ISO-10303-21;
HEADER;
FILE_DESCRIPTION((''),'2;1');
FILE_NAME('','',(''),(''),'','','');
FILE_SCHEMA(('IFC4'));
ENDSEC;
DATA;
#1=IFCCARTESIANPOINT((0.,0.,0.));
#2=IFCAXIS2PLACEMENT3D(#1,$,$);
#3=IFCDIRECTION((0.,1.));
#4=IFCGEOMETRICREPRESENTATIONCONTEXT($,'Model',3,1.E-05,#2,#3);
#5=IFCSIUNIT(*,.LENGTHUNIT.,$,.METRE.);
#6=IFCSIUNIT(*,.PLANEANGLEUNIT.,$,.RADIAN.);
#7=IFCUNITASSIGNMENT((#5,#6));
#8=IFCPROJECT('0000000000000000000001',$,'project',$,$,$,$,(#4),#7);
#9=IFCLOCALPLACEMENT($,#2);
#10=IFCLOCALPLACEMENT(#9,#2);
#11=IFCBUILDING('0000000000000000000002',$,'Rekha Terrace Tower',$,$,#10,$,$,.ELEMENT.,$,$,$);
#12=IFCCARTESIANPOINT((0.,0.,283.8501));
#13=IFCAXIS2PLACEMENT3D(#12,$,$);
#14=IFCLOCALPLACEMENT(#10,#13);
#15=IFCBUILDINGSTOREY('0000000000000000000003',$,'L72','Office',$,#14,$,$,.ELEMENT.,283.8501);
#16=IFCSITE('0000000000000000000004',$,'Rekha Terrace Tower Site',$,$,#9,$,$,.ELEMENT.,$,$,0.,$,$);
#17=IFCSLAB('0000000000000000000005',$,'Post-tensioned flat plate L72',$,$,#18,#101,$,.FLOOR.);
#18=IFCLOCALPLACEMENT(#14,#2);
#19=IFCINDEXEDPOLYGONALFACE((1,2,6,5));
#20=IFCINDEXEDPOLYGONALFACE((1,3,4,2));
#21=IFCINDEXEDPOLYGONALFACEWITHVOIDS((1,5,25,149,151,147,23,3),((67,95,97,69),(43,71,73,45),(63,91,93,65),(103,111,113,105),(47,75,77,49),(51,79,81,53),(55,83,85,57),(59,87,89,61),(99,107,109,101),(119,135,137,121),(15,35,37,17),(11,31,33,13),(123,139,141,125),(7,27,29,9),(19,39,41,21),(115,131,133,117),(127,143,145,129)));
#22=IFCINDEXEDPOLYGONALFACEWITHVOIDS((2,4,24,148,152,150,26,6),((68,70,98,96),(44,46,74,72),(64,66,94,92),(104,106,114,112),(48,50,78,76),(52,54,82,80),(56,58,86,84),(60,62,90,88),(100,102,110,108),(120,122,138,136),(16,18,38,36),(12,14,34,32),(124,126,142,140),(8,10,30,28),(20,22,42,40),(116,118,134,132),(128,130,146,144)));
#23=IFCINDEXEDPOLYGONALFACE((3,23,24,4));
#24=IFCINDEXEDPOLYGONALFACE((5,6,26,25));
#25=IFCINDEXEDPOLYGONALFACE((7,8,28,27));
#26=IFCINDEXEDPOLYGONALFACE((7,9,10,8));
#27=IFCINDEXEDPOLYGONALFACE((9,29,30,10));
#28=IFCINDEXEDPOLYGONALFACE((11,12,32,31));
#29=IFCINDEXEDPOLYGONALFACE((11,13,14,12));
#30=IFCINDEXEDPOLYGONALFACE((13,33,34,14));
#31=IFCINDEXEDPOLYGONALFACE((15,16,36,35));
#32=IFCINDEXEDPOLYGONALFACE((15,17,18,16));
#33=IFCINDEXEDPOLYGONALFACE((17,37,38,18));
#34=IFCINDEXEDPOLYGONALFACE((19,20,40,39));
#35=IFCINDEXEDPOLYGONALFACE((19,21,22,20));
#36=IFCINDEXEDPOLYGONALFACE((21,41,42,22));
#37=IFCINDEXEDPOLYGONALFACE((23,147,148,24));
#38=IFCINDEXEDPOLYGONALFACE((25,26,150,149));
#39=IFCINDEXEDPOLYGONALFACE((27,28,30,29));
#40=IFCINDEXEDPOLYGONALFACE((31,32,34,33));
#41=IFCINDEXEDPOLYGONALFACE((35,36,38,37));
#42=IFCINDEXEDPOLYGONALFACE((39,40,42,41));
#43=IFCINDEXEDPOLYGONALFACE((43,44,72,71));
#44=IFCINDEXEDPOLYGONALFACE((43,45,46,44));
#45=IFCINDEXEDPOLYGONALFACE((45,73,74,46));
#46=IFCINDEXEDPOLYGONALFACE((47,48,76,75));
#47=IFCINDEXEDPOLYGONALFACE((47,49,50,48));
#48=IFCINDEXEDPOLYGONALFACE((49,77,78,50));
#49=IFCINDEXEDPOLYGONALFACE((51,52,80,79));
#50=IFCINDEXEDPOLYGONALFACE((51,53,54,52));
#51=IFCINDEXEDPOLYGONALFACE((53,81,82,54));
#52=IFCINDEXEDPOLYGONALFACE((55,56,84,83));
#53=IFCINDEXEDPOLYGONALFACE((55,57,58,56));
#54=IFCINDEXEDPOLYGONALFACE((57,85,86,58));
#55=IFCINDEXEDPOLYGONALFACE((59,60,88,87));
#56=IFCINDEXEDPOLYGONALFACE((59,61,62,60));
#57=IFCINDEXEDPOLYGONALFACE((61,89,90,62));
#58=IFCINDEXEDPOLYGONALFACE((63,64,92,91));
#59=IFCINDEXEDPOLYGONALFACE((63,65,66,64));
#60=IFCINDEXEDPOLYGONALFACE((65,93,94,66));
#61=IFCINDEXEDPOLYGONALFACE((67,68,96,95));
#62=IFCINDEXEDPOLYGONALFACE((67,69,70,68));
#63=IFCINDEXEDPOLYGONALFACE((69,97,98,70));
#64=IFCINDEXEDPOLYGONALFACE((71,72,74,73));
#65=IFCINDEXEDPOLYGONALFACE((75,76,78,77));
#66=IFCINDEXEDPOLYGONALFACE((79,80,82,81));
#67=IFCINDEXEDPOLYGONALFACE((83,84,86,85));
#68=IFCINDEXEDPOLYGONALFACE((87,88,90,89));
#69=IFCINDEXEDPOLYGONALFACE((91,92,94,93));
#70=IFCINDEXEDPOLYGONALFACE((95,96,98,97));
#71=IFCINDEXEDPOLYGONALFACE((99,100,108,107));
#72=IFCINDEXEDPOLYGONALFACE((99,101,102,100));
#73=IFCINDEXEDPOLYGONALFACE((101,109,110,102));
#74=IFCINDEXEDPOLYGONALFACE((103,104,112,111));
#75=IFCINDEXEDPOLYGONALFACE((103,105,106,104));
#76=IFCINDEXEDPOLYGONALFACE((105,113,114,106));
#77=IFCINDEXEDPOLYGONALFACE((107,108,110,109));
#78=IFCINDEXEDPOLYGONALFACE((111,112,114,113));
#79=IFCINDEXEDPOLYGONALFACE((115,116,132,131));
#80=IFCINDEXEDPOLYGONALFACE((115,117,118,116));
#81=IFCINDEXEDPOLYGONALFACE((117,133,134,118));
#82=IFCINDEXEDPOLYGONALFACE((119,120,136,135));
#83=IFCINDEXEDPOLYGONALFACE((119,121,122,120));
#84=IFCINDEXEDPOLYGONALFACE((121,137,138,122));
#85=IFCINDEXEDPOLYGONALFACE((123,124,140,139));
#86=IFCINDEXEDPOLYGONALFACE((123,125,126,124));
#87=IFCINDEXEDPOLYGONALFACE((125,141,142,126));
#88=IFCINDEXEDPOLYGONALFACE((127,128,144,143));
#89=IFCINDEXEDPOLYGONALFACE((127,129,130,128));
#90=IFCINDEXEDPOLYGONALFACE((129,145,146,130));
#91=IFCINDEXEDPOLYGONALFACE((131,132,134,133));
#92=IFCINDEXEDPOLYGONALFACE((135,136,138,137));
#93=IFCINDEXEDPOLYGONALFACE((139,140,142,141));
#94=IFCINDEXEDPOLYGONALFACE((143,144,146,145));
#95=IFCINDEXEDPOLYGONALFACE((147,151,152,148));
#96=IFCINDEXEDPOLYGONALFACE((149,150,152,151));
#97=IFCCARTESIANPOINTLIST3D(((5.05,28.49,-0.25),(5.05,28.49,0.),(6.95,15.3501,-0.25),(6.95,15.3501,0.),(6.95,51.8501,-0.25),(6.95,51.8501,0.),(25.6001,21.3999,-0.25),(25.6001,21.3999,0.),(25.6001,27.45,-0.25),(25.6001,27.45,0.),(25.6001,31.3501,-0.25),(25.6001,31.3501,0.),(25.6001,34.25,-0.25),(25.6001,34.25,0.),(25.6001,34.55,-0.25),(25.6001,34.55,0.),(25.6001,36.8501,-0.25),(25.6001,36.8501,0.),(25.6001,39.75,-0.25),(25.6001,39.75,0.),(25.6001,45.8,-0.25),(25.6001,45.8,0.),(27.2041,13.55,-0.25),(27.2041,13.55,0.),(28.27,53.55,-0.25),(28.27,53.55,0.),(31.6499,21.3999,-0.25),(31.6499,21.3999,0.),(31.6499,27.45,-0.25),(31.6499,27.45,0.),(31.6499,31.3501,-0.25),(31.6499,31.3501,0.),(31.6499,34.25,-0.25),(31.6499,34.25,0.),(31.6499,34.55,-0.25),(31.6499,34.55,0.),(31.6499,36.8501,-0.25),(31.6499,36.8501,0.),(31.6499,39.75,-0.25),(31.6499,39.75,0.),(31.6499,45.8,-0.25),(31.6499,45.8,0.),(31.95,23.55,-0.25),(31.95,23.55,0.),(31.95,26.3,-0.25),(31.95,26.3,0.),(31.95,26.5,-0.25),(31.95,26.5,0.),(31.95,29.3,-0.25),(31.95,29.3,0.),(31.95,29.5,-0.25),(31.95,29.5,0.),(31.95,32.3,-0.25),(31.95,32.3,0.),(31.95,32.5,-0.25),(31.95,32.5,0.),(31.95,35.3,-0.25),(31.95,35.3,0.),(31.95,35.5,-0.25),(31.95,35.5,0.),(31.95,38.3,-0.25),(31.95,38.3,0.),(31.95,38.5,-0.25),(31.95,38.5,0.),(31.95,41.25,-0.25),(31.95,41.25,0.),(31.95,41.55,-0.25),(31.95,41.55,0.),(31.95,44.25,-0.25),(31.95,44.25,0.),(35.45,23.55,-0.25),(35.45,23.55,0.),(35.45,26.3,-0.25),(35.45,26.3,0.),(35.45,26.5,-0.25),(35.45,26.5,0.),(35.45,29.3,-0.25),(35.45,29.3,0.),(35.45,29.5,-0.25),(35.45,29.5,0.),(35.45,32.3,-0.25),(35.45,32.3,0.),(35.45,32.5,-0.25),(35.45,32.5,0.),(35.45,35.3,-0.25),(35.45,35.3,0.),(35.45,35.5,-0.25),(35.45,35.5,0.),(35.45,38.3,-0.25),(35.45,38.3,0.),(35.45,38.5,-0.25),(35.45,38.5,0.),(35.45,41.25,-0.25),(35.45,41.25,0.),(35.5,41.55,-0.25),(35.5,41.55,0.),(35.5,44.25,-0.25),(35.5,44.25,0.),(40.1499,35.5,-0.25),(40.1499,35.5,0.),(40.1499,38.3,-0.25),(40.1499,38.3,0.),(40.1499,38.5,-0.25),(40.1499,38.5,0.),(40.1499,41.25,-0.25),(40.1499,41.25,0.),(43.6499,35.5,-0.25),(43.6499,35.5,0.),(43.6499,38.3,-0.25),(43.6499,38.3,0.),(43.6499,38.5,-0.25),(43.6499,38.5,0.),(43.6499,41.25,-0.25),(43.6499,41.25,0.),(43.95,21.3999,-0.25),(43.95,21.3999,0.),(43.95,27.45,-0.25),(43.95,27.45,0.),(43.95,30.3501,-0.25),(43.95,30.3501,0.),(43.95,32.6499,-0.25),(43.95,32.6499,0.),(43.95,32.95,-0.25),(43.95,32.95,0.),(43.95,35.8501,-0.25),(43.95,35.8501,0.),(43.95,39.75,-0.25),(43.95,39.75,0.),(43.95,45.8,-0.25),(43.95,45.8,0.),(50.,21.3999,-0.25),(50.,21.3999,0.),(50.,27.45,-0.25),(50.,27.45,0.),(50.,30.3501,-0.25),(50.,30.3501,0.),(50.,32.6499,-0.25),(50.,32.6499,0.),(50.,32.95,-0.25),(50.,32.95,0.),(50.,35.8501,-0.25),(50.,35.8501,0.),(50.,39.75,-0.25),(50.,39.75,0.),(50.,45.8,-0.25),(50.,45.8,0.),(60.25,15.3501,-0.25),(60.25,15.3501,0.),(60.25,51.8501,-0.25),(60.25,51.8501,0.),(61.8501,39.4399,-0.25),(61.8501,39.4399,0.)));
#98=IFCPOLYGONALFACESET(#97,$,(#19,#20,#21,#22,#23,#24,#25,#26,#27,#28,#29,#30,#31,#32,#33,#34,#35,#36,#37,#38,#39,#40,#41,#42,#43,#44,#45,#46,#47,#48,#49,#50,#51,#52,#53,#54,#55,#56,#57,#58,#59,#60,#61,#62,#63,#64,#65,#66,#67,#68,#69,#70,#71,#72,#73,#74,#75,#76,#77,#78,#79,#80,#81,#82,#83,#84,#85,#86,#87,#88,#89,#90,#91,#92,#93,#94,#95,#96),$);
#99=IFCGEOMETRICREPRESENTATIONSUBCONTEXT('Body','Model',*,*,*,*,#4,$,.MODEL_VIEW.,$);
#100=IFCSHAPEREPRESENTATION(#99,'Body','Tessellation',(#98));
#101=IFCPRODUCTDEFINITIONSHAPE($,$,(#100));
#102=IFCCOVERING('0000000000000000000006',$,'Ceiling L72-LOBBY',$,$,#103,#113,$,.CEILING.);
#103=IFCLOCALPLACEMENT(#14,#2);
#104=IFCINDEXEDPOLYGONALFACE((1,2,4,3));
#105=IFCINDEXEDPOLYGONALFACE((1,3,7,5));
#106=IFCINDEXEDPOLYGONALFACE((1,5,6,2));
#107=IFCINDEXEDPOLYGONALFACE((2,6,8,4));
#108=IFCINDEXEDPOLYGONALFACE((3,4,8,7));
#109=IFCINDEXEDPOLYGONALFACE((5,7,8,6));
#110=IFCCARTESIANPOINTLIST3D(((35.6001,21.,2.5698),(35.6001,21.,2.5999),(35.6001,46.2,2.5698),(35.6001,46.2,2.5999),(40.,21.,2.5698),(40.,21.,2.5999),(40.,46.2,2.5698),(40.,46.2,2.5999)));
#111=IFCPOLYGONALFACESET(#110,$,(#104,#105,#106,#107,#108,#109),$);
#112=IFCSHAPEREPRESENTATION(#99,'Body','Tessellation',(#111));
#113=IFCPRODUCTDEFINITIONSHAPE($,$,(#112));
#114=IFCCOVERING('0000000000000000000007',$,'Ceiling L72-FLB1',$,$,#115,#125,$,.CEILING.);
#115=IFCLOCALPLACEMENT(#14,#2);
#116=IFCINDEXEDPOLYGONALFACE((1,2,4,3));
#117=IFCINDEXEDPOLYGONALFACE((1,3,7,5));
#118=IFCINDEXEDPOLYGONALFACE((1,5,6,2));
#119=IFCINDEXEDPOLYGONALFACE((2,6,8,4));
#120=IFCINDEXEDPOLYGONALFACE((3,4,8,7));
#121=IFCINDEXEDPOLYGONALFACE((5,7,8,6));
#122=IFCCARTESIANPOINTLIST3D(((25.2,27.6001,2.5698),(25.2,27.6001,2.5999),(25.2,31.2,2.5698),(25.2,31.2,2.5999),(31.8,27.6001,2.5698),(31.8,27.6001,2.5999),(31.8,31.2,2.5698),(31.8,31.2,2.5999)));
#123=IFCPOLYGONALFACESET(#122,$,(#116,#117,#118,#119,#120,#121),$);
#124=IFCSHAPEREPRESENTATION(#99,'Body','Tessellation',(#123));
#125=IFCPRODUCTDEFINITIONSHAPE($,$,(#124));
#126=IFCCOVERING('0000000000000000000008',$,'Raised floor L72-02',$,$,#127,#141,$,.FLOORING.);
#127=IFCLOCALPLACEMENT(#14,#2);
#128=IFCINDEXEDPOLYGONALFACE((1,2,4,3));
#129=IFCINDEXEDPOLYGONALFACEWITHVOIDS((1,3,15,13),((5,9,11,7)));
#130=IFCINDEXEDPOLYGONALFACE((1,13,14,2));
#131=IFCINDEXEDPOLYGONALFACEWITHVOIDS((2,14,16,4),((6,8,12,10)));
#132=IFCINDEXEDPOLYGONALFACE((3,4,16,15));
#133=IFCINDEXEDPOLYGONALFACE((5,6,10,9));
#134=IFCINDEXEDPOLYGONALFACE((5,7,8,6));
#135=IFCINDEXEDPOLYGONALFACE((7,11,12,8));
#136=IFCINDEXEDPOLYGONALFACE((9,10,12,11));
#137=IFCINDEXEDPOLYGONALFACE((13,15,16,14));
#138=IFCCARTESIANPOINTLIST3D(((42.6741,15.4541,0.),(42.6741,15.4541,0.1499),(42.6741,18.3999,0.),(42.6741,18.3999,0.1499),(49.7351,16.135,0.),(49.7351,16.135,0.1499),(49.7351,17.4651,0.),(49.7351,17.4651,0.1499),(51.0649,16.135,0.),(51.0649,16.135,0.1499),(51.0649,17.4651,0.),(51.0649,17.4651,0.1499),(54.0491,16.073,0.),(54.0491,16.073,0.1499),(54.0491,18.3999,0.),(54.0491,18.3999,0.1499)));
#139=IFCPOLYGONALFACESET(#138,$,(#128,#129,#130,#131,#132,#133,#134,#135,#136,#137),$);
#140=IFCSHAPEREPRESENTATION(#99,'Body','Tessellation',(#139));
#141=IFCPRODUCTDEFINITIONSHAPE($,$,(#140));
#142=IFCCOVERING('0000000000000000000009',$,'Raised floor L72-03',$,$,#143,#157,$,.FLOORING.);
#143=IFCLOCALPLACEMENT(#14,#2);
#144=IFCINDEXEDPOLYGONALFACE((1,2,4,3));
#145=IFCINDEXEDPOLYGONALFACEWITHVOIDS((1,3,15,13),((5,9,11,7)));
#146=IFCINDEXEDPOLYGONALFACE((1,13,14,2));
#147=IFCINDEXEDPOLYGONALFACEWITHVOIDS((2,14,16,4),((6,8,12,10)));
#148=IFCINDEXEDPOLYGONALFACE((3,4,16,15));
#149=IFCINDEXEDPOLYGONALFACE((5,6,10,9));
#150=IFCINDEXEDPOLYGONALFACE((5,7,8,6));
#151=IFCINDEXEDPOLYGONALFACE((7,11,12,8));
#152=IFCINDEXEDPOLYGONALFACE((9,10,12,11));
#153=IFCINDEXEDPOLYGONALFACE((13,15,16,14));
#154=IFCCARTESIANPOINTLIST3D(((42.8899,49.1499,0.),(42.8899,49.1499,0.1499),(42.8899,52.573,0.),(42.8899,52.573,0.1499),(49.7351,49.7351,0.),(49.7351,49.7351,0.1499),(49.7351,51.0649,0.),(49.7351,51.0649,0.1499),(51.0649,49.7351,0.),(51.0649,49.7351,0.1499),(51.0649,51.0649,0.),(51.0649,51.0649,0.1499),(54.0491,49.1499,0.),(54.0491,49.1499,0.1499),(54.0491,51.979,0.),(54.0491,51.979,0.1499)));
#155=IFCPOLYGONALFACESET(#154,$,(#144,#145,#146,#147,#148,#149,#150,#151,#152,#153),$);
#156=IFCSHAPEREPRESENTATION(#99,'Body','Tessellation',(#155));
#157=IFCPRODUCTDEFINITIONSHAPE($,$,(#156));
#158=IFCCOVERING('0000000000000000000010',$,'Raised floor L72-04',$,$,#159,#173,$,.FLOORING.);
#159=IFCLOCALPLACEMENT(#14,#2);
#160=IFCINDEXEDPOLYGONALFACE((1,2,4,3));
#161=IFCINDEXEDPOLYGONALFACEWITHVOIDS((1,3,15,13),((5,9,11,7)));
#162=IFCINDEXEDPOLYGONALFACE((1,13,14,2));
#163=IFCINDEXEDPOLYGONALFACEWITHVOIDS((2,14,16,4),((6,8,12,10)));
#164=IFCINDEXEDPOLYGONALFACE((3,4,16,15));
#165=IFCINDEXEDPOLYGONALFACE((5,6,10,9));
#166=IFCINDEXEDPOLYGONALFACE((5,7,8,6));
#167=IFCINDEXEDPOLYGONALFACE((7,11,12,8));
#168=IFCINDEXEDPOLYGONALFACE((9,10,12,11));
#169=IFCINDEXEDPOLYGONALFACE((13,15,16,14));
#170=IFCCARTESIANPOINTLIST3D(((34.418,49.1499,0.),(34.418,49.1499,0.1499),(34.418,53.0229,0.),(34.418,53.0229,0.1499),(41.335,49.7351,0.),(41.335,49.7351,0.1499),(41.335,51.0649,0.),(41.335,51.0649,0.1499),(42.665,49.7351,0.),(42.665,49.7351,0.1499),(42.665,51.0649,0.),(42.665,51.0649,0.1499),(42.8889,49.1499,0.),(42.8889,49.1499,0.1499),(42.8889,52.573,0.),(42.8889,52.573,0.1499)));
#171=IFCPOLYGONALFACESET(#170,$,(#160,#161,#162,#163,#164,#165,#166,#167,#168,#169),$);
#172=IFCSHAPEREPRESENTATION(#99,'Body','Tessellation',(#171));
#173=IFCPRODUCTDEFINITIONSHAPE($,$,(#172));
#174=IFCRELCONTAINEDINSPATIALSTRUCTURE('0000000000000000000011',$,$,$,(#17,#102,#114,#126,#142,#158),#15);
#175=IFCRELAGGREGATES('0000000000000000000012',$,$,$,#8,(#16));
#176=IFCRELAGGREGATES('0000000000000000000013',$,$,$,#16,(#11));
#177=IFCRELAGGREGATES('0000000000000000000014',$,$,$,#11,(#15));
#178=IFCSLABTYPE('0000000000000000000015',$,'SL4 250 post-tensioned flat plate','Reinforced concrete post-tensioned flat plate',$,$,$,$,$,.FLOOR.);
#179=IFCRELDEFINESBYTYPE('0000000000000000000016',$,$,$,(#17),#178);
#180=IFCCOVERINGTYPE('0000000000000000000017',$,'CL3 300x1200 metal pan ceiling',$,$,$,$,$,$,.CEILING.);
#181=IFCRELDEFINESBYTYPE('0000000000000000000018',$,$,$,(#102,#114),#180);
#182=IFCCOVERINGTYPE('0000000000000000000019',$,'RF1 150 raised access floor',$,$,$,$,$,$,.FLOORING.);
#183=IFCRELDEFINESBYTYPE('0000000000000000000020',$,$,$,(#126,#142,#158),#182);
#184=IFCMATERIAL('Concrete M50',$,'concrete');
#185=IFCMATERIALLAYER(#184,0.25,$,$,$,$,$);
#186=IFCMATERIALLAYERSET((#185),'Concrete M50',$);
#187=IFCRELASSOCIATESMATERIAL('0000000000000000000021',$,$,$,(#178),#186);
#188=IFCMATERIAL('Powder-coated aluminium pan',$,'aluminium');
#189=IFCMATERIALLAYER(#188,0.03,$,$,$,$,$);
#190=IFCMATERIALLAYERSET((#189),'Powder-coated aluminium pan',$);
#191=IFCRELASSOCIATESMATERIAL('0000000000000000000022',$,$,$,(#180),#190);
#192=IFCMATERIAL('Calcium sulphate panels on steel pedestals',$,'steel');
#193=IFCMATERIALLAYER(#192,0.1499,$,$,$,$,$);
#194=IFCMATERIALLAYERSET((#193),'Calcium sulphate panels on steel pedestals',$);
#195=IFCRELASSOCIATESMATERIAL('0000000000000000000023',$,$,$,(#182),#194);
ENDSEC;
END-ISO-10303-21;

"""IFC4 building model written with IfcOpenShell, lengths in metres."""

from ifc_helpers import new_model, si_unit, direction, frame, origin, place, context, subcontext, project, spatial, polyline, outline, extrude, material, layer, layer_set, type_object, element, save


model = new_model("IFC4")

# Units and contexts
model_context = context("Model", 3, precision=1e-05, world=origin(), true_north=direction((0.0, 1.0)))
body_context = subcontext(model_context, "Body", "Model", "MODEL_VIEW")
ifc_project = project(units=[si_unit("LENGTHUNIT", "METRE"), si_unit("PLANEANGLEUNIT", "RADIAN")], contexts=[model_context])

# Site, building, storey
site_placement = place(None, origin())
site = spatial("IfcSite", under=ifc_project, at=site_placement, Name="Rekha Terrace Tower Site", CompositionType="ELEMENT", RefElevation=0.0)
building_placement = place(site_placement, origin())
building = spatial("IfcBuilding", under=site, at=building_placement, Name="Rekha Terrace Tower", CompositionType="ELEMENT")
storey_placement = place(building_placement, frame((0.0, 0.0, 283.8501)))
storey = spatial("IfcBuildingStorey", under=building, at=storey_placement, Name="L72", Description="Office", CompositionType="ELEMENT", Elevation=283.8501)

# Slab
ifc_material_1 = material(Name="Concrete M50", Category="concrete")
ifc_layer_1 = layer(ifc_material_1, 0.25)
ifc_layer_set_1 = layer_set([ifc_layer_1], Name="Concrete M50")
slab_type_1 = type_object("IfcSlabType", Name="SL4 250 post-tensioned flat plate", Description="Reinforced concrete post-tensioned flat plate", PredefinedType="FLOOR", material=ifc_layer_set_1)
slab_1_placement = place(storey_placement, frame((0.0, 0.0, -0.25)))
element("IfcSlab", 1, at=slab_1_placement, inside=storey, type_object=slab_type_1, Name="Post-tensioned flat plate L72", PredefinedType="FLOOR", context=body_context, shape_type="SweptSolid", body=[
    extrude(outline(polyline([(5.05, 28.49), (6.95, 15.3501), (27.2041, 13.55), (60.25, 15.3501), (61.8501, 39.4399), (60.25, 51.8501), (28.27, 53.55), (6.95, 51.8501), (5.05, 28.49)]), holes=[polyline([(31.6499, 27.45), (31.6499, 21.3999), (25.6001, 21.3999), (25.6001, 27.45), (31.6499, 27.45)]), polyline([(35.45, 26.3), (35.45, 23.55), (31.95, 23.55), (31.95, 26.3), (35.45, 26.3)]), polyline([(35.45, 29.3), (35.45, 26.5), (31.95, 26.5), (31.95, 29.3), (35.45, 29.3)]), polyline([(35.45, 32.3), (35.45, 29.5), (31.95, 29.5), (31.95, 32.3), (35.45, 32.3)]), polyline([(31.6499, 34.25), (31.6499, 31.3501), (25.6001, 31.3501), (25.6001, 34.25), (31.6499, 34.25)]), polyline([(35.45, 35.3), (35.45, 32.5), (31.95, 32.5), (31.95, 35.3), (35.45, 35.3)]), polyline([(31.6499, 36.8501), (31.6499, 34.55), (25.6001, 34.55), (25.6001, 36.8501), (31.6499, 36.8501)]), polyline([(35.45, 38.3), (35.45, 35.5), (31.95, 35.5), (31.95, 38.3), (35.45, 38.3)]), polyline([(31.6499, 45.8), (31.6499, 39.75), (25.6001, 39.75), (25.6001, 45.8), (31.6499, 45.8)]), polyline([(50.0, 27.45), (50.0, 21.3999), (43.95, 21.3999), (43.95, 27.45), (50.0, 27.45)]), polyline([(50.0, 32.6499), (50.0, 30.3501), (43.95, 30.3501), (43.95, 32.6499), (50.0, 32.6499)]), polyline([(50.0, 35.8501), (50.0, 32.95), (43.95, 32.95), (43.95, 35.8501), (50.0, 35.8501)]), polyline([(43.6499, 38.3), (43.6499, 35.5), (40.1499, 35.5), (40.1499, 38.3), (43.6499, 38.3)]), polyline([(35.45, 41.25), (35.45, 38.5), (31.95, 38.5), (31.95, 41.25), (35.45, 41.25)]), polyline([(43.6499, 41.25), (43.6499, 38.5), (40.1499, 38.5), (40.1499, 41.25), (43.6499, 41.25)]), polyline([(50.0, 39.75), (43.95, 39.75), (43.95, 45.8), (50.0, 45.8), (50.0, 39.75)]), polyline([(35.5, 41.55), (31.95, 41.55), (31.95, 44.25), (35.5, 44.25), (35.5, 41.55)])]), origin(), (0.0, 0.0, 1.0), 0.25),
])

# Coverings
ifc_material_2 = material(Name="Powder-coated aluminium pan", Category="aluminium")
ifc_layer_2 = layer(ifc_material_2, 0.03)
ifc_layer_set_2 = layer_set([ifc_layer_2], Name="Powder-coated aluminium pan")
covering_type_1 = type_object("IfcCoveringType", Name="CL3 300x1200 metal pan ceiling", PredefinedType="CEILING", material=ifc_layer_set_2)
covering_1_placement = place(storey_placement, frame((0.0, 0.0, 2.5698)))
element("IfcCovering", 2, at=covering_1_placement, inside=storey, type_object=covering_type_1, Name="Ceiling L72-LOBBY", PredefinedType="CEILING", context=body_context, shape_type="SweptSolid", body=[
    extrude(outline(polyline([(40.0, 46.2), (35.6001, 46.2), (35.6001, 21.0), (40.0, 21.0), (40.0, 46.2)])), origin(), (0.0, 0.0, 1.0), 0.03),
])
covering_2_placement = place(storey_placement, frame((0.0, 0.0, 2.5698)))
element("IfcCovering", 3, at=covering_2_placement, inside=storey, type_object=covering_type_1, Name="Ceiling L72-FLB1", PredefinedType="CEILING", context=body_context, shape_type="SweptSolid", body=[
    extrude(outline(polyline([(31.8, 31.2), (25.2, 31.2), (25.2, 27.6001), (31.8, 27.6001), (31.8, 31.2)])), origin(), (0.0, 0.0, 1.0), 0.03),
])
ifc_material_3 = material(Name="Calcium sulphate panels on steel pedestals", Category="steel")
ifc_layer_3 = layer(ifc_material_3, 0.1499)
ifc_layer_set_3 = layer_set([ifc_layer_3], Name="Calcium sulphate panels on steel pedestals")
covering_type_2 = type_object("IfcCoveringType", Name="RF1 150 raised access floor", PredefinedType="FLOORING", material=ifc_layer_set_3)
covering_3_placement = place(storey_placement, origin())
element("IfcCovering", 4, at=covering_3_placement, inside=storey, type_object=covering_type_2, Name="Raised floor L72-02", PredefinedType="FLOORING", context=body_context, shape_type="SweptSolid", body=[
    extrude(outline(polyline([(54.0491, 16.073), (54.0491, 18.3999), (42.6741, 18.3999), (42.6741, 15.4541), (54.0491, 16.073)]), holes=[polyline([(51.0649, 16.135), (49.7351, 16.135), (49.7351, 17.4651), (51.0649, 17.4651), (51.0649, 16.135)])]), origin(), (0.0, 0.0, 1.0), 0.1499),
])
covering_4_placement = place(storey_placement, origin())
element("IfcCovering", 5, at=covering_4_placement, inside=storey, type_object=covering_type_2, Name="Raised floor L72-03", PredefinedType="FLOORING", context=body_context, shape_type="SweptSolid", body=[
    extrude(outline(polyline([(54.0491, 49.1499), (54.0491, 51.979), (42.8899, 52.573), (42.8899, 49.1499), (54.0491, 49.1499)]), holes=[polyline([(51.0649, 51.0649), (51.0649, 49.7351), (49.7351, 49.7351), (49.7351, 51.0649), (51.0649, 51.0649)])]), origin(), (0.0, 0.0, 1.0), 0.1499),
])
covering_5_placement = place(storey_placement, origin())
element("IfcCovering", 6, at=covering_5_placement, inside=storey, type_object=covering_type_2, Name="Raised floor L72-04", PredefinedType="FLOORING", context=body_context, shape_type="SweptSolid", body=[
    extrude(outline(polyline([(42.8889, 49.1499), (42.8889, 52.573), (34.418, 53.0229), (34.418, 49.1499), (42.8889, 49.1499)]), holes=[polyline([(42.665, 49.7351), (41.335, 49.7351), (41.335, 51.0649), (42.665, 51.0649), (42.665, 49.7351)])]), origin(), (0.0, 0.0, 1.0), 0.1499),
])

save(model, "model.ifc")
